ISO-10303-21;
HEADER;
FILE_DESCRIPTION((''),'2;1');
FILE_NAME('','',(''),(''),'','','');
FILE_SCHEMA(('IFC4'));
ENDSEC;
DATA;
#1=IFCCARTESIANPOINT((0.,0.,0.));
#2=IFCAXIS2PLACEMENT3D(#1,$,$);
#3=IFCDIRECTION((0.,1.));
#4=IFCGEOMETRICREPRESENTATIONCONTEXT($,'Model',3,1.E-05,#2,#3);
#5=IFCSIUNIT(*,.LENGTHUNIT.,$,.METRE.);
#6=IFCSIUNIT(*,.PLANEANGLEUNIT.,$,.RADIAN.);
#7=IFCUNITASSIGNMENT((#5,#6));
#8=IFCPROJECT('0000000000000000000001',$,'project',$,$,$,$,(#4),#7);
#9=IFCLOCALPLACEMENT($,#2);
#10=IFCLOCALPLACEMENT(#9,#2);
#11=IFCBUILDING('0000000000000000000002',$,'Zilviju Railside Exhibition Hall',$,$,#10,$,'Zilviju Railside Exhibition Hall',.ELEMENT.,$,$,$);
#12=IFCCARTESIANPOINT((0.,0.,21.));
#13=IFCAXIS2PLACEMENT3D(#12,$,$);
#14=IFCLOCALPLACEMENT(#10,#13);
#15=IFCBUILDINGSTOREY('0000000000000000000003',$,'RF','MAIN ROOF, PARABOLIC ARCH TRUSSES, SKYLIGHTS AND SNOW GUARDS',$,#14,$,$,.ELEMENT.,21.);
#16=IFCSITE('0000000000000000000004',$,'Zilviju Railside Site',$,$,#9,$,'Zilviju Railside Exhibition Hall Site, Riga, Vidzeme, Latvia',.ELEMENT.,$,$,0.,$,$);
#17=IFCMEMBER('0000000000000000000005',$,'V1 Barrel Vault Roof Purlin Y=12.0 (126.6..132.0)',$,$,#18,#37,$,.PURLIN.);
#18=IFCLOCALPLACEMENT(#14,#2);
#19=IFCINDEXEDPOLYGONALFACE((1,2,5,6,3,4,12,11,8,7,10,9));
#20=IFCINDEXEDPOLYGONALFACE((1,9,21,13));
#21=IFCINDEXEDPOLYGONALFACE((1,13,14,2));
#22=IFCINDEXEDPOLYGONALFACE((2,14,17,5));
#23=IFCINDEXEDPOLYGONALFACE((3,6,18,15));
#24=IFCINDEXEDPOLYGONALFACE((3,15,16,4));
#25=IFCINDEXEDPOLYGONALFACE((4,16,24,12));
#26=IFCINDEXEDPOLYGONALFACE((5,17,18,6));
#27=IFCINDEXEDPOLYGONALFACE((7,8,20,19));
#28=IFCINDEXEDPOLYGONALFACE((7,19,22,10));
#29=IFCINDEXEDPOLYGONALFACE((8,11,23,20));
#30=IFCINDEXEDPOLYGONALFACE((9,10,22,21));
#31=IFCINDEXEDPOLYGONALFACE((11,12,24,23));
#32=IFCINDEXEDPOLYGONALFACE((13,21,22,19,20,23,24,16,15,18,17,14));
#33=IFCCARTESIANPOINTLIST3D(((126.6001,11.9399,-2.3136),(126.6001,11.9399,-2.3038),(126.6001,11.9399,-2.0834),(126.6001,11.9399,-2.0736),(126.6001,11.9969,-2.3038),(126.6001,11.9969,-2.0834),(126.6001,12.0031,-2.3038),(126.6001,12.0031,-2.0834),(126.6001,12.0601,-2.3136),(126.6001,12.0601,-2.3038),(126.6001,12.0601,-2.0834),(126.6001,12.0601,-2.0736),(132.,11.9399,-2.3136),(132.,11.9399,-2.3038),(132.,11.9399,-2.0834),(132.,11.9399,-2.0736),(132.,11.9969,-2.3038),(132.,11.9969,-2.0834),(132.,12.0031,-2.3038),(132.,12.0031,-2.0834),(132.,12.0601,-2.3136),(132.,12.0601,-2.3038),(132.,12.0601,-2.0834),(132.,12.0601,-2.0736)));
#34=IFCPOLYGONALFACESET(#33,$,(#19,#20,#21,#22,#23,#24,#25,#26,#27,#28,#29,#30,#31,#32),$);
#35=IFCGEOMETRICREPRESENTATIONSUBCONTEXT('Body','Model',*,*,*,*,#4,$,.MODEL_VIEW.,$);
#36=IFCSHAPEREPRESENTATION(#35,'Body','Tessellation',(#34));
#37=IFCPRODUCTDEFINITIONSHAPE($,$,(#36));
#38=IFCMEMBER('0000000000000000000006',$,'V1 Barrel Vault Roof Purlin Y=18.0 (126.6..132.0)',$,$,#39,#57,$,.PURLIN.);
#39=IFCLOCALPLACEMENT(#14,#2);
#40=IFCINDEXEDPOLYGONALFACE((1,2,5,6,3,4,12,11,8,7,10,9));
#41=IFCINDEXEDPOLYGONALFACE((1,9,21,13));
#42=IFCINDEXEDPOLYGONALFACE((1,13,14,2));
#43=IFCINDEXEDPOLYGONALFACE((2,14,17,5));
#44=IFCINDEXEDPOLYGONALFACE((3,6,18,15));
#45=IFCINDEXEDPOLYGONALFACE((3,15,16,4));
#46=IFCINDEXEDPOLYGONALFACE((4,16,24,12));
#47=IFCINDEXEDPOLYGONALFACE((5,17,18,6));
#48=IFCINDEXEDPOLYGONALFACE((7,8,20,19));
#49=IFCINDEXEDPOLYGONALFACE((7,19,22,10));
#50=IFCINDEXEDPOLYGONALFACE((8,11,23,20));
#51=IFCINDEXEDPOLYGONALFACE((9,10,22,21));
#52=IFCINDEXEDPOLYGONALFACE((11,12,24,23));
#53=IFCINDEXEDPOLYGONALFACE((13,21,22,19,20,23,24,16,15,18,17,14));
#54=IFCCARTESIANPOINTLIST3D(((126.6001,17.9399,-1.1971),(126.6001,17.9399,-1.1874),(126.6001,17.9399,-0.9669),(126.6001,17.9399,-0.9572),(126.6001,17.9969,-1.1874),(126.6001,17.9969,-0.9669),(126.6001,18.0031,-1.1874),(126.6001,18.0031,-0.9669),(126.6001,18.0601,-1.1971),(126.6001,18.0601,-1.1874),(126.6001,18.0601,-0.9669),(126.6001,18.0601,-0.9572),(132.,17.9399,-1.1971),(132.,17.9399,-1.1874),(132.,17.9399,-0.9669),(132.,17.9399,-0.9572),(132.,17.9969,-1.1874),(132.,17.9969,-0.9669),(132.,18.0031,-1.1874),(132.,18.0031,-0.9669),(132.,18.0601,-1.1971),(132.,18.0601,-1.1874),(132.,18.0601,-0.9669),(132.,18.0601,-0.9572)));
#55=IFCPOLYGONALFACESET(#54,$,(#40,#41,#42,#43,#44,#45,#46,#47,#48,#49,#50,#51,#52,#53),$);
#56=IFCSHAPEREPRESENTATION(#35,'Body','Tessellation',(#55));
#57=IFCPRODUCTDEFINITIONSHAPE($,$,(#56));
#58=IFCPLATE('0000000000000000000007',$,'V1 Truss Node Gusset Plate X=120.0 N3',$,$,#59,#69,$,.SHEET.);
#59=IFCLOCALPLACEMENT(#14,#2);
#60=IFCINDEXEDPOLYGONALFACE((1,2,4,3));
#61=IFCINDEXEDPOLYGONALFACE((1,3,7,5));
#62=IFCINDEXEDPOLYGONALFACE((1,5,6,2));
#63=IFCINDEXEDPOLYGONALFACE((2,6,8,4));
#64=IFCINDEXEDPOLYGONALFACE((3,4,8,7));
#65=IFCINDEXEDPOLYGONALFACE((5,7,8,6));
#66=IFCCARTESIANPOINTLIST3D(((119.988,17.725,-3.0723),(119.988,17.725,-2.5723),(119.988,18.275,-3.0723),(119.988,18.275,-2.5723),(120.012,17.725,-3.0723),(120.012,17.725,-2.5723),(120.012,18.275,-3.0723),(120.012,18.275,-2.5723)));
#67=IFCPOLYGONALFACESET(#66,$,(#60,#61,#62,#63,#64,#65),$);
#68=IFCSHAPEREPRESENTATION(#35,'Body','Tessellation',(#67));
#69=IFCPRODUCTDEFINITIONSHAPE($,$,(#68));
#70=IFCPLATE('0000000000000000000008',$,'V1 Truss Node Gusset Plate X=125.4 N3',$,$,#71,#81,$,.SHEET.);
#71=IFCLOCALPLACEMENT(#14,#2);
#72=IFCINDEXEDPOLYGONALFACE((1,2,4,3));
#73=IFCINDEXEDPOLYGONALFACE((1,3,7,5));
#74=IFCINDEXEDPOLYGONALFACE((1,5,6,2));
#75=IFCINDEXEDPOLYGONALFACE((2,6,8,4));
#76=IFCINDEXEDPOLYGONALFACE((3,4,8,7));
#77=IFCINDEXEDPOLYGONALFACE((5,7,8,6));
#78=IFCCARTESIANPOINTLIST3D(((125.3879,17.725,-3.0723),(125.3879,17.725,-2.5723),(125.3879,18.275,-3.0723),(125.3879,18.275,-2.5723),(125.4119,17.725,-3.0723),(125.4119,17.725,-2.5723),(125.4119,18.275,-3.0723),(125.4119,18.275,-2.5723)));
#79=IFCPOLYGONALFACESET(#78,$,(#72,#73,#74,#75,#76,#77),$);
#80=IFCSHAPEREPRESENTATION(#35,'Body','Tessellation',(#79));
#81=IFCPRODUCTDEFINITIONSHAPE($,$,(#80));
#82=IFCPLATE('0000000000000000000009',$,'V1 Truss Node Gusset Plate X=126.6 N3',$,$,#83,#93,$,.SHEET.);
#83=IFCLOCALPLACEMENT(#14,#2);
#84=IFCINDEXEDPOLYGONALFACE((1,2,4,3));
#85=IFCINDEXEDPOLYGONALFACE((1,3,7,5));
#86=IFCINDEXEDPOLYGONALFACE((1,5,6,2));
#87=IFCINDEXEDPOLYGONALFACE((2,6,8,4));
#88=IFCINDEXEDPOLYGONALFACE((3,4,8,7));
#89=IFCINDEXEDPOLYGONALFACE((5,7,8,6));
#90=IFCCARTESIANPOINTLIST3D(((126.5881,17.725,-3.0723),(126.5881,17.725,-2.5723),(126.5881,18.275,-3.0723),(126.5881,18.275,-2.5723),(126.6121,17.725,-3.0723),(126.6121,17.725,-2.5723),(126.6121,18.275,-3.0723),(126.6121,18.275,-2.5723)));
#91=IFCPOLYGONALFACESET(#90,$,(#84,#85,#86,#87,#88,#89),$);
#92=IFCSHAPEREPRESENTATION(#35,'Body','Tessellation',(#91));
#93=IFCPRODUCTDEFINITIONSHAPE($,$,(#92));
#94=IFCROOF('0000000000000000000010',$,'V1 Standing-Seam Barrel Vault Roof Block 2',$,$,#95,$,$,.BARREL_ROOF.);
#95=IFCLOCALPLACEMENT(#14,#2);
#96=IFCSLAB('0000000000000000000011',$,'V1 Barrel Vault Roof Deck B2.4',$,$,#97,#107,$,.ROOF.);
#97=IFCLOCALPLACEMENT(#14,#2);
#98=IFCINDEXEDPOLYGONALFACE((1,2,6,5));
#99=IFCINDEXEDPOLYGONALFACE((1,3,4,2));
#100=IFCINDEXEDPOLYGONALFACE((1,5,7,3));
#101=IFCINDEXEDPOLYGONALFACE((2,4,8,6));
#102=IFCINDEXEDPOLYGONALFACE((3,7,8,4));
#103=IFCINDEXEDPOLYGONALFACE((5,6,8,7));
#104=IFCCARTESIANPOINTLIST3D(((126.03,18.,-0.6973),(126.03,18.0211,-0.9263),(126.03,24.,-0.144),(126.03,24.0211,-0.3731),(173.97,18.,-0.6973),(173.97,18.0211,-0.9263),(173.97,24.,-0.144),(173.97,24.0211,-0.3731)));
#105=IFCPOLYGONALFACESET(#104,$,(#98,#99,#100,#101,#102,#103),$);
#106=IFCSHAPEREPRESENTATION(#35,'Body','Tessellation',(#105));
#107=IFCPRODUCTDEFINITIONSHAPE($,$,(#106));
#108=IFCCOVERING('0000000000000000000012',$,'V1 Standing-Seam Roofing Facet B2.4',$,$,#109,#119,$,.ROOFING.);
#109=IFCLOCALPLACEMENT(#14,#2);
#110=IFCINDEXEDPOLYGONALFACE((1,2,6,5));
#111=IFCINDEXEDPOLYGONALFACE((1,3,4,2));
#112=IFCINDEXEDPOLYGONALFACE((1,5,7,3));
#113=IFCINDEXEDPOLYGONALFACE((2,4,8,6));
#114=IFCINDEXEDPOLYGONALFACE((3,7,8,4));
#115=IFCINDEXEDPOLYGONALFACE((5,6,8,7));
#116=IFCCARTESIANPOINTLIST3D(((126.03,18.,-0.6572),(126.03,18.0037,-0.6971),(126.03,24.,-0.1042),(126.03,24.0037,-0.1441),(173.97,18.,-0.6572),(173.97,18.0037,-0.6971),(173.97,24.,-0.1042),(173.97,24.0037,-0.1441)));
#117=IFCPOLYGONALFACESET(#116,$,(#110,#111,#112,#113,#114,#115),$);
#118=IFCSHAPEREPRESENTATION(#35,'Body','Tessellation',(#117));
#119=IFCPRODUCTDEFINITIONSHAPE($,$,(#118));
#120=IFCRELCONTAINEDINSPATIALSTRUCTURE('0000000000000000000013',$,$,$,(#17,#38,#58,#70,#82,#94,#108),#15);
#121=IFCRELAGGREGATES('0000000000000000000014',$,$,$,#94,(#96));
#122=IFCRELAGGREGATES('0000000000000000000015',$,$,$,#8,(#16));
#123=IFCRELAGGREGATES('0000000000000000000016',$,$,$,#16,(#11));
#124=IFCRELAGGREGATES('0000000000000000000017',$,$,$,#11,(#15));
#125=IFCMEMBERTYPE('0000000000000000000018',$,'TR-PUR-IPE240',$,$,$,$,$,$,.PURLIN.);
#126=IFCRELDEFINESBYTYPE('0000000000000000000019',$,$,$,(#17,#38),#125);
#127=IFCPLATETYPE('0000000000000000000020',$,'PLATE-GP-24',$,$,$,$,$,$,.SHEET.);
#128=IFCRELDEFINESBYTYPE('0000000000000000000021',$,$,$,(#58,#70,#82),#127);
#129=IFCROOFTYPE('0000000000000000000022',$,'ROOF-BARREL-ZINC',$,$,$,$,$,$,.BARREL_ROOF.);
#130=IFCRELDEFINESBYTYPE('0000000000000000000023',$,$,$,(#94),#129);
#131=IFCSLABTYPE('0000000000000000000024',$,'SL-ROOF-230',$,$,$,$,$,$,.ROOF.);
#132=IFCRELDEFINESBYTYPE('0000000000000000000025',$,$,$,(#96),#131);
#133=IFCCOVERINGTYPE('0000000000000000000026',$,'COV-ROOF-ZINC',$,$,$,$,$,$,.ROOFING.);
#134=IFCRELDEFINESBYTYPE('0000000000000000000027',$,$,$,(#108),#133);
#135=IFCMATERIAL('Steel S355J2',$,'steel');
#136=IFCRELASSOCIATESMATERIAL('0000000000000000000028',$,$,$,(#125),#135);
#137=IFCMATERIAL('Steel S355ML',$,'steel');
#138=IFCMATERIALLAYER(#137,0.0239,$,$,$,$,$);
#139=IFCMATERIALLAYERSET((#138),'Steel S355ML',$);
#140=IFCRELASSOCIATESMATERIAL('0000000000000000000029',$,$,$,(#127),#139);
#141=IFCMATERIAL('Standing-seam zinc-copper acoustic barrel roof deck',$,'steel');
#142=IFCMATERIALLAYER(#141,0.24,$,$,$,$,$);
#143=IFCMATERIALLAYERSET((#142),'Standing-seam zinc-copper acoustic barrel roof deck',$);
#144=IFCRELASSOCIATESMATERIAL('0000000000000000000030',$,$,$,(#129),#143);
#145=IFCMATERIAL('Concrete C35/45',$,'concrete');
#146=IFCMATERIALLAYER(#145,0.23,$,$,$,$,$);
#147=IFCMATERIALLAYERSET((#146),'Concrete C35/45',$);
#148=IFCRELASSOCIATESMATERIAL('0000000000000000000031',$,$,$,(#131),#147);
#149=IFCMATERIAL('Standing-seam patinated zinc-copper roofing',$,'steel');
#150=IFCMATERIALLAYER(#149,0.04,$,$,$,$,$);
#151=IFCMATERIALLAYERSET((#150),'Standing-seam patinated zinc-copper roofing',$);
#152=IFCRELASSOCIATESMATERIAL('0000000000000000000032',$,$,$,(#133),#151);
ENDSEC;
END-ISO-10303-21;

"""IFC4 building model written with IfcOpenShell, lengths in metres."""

from ifc_helpers import new_model, si_unit, direction, frame, origin, origin_2d, place, context, subcontext, project, spatial, polyline, rectangle, i_section, outline, extrude, material, layer, layer_set, material_profile, profile_set, type_object, element, aggregate, save


model = new_model("IFC4")

# Units and contexts
model_context = context("Model", 3, precision=1e-05, world=origin(), true_north=direction((0.0, 1.0)))
body_context = subcontext(model_context, "Body", "Model", "MODEL_VIEW")
ifc_project = project(units=[si_unit("LENGTHUNIT", "METRE"), si_unit("PLANEANGLEUNIT", "RADIAN")], contexts=[model_context])

# Site, building, storey
site_placement = place(None, origin())
site = spatial("IfcSite", under=ifc_project, at=site_placement, Name="Zilviju Railside Site", LongName="Zilviju Railside Exhibition Hall Site, Riga, Vidzeme, Latvia", CompositionType="ELEMENT", RefElevation=0.0)
building_placement = place(site_placement, origin())
building = spatial("IfcBuilding", under=site, at=building_placement, Name="Zilviju Railside Exhibition Hall", LongName="Zilviju Railside Exhibition Hall", CompositionType="ELEMENT")
storey_placement = place(building_placement, frame((0.0, 0.0, 21.0)))
storey = spatial("IfcBuildingStorey", under=building, at=storey_placement, Name="RF", Description="MAIN ROOF, PARABOLIC ARCH TRUSSES, SKYLIGHTS AND SNOW GUARDS", CompositionType="ELEMENT", Elevation=21.0)

# Members
ifc_material_1 = material(Name="Steel S355J2", Category="steel")
ifc_material_profile_1 = material_profile(ifc_material_1, i_section(OverallWidth=0.1201, OverallDepth=0.24, WebThickness=0.0061, FlangeThickness=0.0098, at=origin_2d()), Name="IPE 240")
ifc_profile_set_1 = profile_set([ifc_material_profile_1], Name="Steel S355J2")
member_type_1 = type_object("IfcMemberType", Name="TR-PUR-IPE240", PredefinedType="PURLIN", material=ifc_profile_set_1)
for number, where, z_axis, x_axis, name in (
    (1, (126.6001, 12.0, -2.1936), (1.0, 0.0, 0.0), (0.0, 1.0, 0.0), "V1 Barrel Vault Roof Purlin Y=12.0 (126.6..132.0)"),
    (2, (126.6001, 18.0, -1.0771), (1.0, 0.0, 0.0), (0.0, 1.0, 0.0), "V1 Barrel Vault Roof Purlin Y=18.0 (126.6..132.0)"),
):
    element("IfcMember", number, at=place(storey_placement, frame(where, z_axis=z_axis, x_axis=x_axis)), inside=storey, type_object=member_type_1, Name=name, PredefinedType="PURLIN", context=body_context, shape_type="SweptSolid", body=[
        extrude(i_section(OverallWidth=0.1201, OverallDepth=0.24, WebThickness=0.0061, FlangeThickness=0.0098, at=origin_2d()), origin(), (0.0, 0.0, 1.0), 5.3999),
    ])

# Plates
ifc_material_2 = material(Name="Steel S355ML", Category="steel")
ifc_layer_1 = layer(ifc_material_2, 0.0239)
ifc_layer_set_1 = layer_set([ifc_layer_1], Name="Steel S355ML")
plate_type = type_object("IfcPlateType", Name="PLATE-GP-24", PredefinedType="SHEET", material=ifc_layer_set_1)
for number, where, z_axis, x_axis, name in (
    (3, (120.0, 18.0, -3.0723), (0.0, 0.0, 1.0), (1.0, 0.0, 0.0), "V1 Truss Node Gusset Plate X=120.0 N3"),
    (4, (125.3999, 18.0, -3.0723), (0.0, 0.0, 1.0), (1.0, 0.0, 0.0), "V1 Truss Node Gusset Plate X=125.4 N3"),
    (5, (126.6001, 18.0, -3.0723), (0.0, 0.0, 1.0), (1.0, 0.0, 0.0), "V1 Truss Node Gusset Plate X=126.6 N3"),
):
    element("IfcPlate", number, at=place(storey_placement, frame(where, z_axis=z_axis, x_axis=x_axis)), inside=storey, type_object=plate_type, Name=name, PredefinedType="SHEET", context=body_context, shape_type="SweptSolid", body=[
        extrude(rectangle(XDim=0.0239, YDim=0.55, at=origin_2d()), origin(), (0.0, 0.0, 1.0), 0.5),
    ])

# Roof, slab
ifc_material_3 = material(Name="Standing-seam zinc-copper acoustic barrel roof deck", Category="steel")
ifc_layer_2 = layer(ifc_material_3, 0.24)
ifc_layer_set_2 = layer_set([ifc_layer_2], Name="Standing-seam zinc-copper acoustic barrel roof deck")
roof_type = type_object("IfcRoofType", Name="ROOF-BARREL-ZINC", PredefinedType="BARREL_ROOF", material=ifc_layer_set_2)
roof_placement = place(storey_placement, origin())
roof = element("IfcRoof", 6, at=roof_placement, inside=storey, type_object=roof_type, Name="V1 Standing-Seam Barrel Vault Roof Block 2", PredefinedType="BARREL_ROOF")
ifc_material_4 = material(Name="Concrete C35/45", Category="concrete")
ifc_layer_3 = layer(ifc_material_4, 0.23)
ifc_layer_set_3 = layer_set([ifc_layer_3], Name="Concrete C35/45")
slab_type = type_object("IfcSlabType", Name="SL-ROOF-230", PredefinedType="ROOF", material=ifc_layer_set_3)
slab_placement = place(storey_placement, frame((126.03, 18.0, -0.6973), z_axis=(0.0, -0.091814, 0.995776), x_axis=(1.0, 0.0, 0.0)))
slab = element("IfcSlab", 7, at=slab_placement, type_object=slab_type, Name="V1 Barrel Vault Roof Deck B2.4", PredefinedType="ROOF", context=body_context, shape_type="SweptSolid", body=[
    extrude(outline(polyline([(0.0, 0.0), (47.9399, 0.0), (47.9399, 6.0255), (0.0, 6.0255), (0.0, 0.0)])), origin(), (0.0, 0.0, -1.0), 0.23),
])
aggregate(roof, [slab])

# Covering
ifc_material_5 = material(Name="Standing-seam patinated zinc-copper roofing", Category="steel")
ifc_layer_4 = layer(ifc_material_5, 0.04)
ifc_layer_set_4 = layer_set([ifc_layer_4], Name="Standing-seam patinated zinc-copper roofing")
covering_type = type_object("IfcCoveringType", Name="COV-ROOF-ZINC", PredefinedType="ROOFING", material=ifc_layer_set_4)
covering_placement = place(storey_placement, frame((126.03, 18.0, -0.6572), z_axis=(0.0, -0.091774, 0.99578), x_axis=(1.0, 0.0, 0.0)))
element("IfcCovering", 8, at=covering_placement, inside=storey, type_object=covering_type, Name="V1 Standing-Seam Roofing Facet B2.4", PredefinedType="ROOFING", context=body_context, shape_type="SweptSolid", body=[
    extrude(outline(polyline([(0.0, 0.0), (47.9399, 0.0), (47.9399, 6.0254), (0.0, 6.0254), (0.0, 0.0)])), origin(), (0.0, 0.0, -1.0), 0.04),
])

save(model, "model.ifc")
